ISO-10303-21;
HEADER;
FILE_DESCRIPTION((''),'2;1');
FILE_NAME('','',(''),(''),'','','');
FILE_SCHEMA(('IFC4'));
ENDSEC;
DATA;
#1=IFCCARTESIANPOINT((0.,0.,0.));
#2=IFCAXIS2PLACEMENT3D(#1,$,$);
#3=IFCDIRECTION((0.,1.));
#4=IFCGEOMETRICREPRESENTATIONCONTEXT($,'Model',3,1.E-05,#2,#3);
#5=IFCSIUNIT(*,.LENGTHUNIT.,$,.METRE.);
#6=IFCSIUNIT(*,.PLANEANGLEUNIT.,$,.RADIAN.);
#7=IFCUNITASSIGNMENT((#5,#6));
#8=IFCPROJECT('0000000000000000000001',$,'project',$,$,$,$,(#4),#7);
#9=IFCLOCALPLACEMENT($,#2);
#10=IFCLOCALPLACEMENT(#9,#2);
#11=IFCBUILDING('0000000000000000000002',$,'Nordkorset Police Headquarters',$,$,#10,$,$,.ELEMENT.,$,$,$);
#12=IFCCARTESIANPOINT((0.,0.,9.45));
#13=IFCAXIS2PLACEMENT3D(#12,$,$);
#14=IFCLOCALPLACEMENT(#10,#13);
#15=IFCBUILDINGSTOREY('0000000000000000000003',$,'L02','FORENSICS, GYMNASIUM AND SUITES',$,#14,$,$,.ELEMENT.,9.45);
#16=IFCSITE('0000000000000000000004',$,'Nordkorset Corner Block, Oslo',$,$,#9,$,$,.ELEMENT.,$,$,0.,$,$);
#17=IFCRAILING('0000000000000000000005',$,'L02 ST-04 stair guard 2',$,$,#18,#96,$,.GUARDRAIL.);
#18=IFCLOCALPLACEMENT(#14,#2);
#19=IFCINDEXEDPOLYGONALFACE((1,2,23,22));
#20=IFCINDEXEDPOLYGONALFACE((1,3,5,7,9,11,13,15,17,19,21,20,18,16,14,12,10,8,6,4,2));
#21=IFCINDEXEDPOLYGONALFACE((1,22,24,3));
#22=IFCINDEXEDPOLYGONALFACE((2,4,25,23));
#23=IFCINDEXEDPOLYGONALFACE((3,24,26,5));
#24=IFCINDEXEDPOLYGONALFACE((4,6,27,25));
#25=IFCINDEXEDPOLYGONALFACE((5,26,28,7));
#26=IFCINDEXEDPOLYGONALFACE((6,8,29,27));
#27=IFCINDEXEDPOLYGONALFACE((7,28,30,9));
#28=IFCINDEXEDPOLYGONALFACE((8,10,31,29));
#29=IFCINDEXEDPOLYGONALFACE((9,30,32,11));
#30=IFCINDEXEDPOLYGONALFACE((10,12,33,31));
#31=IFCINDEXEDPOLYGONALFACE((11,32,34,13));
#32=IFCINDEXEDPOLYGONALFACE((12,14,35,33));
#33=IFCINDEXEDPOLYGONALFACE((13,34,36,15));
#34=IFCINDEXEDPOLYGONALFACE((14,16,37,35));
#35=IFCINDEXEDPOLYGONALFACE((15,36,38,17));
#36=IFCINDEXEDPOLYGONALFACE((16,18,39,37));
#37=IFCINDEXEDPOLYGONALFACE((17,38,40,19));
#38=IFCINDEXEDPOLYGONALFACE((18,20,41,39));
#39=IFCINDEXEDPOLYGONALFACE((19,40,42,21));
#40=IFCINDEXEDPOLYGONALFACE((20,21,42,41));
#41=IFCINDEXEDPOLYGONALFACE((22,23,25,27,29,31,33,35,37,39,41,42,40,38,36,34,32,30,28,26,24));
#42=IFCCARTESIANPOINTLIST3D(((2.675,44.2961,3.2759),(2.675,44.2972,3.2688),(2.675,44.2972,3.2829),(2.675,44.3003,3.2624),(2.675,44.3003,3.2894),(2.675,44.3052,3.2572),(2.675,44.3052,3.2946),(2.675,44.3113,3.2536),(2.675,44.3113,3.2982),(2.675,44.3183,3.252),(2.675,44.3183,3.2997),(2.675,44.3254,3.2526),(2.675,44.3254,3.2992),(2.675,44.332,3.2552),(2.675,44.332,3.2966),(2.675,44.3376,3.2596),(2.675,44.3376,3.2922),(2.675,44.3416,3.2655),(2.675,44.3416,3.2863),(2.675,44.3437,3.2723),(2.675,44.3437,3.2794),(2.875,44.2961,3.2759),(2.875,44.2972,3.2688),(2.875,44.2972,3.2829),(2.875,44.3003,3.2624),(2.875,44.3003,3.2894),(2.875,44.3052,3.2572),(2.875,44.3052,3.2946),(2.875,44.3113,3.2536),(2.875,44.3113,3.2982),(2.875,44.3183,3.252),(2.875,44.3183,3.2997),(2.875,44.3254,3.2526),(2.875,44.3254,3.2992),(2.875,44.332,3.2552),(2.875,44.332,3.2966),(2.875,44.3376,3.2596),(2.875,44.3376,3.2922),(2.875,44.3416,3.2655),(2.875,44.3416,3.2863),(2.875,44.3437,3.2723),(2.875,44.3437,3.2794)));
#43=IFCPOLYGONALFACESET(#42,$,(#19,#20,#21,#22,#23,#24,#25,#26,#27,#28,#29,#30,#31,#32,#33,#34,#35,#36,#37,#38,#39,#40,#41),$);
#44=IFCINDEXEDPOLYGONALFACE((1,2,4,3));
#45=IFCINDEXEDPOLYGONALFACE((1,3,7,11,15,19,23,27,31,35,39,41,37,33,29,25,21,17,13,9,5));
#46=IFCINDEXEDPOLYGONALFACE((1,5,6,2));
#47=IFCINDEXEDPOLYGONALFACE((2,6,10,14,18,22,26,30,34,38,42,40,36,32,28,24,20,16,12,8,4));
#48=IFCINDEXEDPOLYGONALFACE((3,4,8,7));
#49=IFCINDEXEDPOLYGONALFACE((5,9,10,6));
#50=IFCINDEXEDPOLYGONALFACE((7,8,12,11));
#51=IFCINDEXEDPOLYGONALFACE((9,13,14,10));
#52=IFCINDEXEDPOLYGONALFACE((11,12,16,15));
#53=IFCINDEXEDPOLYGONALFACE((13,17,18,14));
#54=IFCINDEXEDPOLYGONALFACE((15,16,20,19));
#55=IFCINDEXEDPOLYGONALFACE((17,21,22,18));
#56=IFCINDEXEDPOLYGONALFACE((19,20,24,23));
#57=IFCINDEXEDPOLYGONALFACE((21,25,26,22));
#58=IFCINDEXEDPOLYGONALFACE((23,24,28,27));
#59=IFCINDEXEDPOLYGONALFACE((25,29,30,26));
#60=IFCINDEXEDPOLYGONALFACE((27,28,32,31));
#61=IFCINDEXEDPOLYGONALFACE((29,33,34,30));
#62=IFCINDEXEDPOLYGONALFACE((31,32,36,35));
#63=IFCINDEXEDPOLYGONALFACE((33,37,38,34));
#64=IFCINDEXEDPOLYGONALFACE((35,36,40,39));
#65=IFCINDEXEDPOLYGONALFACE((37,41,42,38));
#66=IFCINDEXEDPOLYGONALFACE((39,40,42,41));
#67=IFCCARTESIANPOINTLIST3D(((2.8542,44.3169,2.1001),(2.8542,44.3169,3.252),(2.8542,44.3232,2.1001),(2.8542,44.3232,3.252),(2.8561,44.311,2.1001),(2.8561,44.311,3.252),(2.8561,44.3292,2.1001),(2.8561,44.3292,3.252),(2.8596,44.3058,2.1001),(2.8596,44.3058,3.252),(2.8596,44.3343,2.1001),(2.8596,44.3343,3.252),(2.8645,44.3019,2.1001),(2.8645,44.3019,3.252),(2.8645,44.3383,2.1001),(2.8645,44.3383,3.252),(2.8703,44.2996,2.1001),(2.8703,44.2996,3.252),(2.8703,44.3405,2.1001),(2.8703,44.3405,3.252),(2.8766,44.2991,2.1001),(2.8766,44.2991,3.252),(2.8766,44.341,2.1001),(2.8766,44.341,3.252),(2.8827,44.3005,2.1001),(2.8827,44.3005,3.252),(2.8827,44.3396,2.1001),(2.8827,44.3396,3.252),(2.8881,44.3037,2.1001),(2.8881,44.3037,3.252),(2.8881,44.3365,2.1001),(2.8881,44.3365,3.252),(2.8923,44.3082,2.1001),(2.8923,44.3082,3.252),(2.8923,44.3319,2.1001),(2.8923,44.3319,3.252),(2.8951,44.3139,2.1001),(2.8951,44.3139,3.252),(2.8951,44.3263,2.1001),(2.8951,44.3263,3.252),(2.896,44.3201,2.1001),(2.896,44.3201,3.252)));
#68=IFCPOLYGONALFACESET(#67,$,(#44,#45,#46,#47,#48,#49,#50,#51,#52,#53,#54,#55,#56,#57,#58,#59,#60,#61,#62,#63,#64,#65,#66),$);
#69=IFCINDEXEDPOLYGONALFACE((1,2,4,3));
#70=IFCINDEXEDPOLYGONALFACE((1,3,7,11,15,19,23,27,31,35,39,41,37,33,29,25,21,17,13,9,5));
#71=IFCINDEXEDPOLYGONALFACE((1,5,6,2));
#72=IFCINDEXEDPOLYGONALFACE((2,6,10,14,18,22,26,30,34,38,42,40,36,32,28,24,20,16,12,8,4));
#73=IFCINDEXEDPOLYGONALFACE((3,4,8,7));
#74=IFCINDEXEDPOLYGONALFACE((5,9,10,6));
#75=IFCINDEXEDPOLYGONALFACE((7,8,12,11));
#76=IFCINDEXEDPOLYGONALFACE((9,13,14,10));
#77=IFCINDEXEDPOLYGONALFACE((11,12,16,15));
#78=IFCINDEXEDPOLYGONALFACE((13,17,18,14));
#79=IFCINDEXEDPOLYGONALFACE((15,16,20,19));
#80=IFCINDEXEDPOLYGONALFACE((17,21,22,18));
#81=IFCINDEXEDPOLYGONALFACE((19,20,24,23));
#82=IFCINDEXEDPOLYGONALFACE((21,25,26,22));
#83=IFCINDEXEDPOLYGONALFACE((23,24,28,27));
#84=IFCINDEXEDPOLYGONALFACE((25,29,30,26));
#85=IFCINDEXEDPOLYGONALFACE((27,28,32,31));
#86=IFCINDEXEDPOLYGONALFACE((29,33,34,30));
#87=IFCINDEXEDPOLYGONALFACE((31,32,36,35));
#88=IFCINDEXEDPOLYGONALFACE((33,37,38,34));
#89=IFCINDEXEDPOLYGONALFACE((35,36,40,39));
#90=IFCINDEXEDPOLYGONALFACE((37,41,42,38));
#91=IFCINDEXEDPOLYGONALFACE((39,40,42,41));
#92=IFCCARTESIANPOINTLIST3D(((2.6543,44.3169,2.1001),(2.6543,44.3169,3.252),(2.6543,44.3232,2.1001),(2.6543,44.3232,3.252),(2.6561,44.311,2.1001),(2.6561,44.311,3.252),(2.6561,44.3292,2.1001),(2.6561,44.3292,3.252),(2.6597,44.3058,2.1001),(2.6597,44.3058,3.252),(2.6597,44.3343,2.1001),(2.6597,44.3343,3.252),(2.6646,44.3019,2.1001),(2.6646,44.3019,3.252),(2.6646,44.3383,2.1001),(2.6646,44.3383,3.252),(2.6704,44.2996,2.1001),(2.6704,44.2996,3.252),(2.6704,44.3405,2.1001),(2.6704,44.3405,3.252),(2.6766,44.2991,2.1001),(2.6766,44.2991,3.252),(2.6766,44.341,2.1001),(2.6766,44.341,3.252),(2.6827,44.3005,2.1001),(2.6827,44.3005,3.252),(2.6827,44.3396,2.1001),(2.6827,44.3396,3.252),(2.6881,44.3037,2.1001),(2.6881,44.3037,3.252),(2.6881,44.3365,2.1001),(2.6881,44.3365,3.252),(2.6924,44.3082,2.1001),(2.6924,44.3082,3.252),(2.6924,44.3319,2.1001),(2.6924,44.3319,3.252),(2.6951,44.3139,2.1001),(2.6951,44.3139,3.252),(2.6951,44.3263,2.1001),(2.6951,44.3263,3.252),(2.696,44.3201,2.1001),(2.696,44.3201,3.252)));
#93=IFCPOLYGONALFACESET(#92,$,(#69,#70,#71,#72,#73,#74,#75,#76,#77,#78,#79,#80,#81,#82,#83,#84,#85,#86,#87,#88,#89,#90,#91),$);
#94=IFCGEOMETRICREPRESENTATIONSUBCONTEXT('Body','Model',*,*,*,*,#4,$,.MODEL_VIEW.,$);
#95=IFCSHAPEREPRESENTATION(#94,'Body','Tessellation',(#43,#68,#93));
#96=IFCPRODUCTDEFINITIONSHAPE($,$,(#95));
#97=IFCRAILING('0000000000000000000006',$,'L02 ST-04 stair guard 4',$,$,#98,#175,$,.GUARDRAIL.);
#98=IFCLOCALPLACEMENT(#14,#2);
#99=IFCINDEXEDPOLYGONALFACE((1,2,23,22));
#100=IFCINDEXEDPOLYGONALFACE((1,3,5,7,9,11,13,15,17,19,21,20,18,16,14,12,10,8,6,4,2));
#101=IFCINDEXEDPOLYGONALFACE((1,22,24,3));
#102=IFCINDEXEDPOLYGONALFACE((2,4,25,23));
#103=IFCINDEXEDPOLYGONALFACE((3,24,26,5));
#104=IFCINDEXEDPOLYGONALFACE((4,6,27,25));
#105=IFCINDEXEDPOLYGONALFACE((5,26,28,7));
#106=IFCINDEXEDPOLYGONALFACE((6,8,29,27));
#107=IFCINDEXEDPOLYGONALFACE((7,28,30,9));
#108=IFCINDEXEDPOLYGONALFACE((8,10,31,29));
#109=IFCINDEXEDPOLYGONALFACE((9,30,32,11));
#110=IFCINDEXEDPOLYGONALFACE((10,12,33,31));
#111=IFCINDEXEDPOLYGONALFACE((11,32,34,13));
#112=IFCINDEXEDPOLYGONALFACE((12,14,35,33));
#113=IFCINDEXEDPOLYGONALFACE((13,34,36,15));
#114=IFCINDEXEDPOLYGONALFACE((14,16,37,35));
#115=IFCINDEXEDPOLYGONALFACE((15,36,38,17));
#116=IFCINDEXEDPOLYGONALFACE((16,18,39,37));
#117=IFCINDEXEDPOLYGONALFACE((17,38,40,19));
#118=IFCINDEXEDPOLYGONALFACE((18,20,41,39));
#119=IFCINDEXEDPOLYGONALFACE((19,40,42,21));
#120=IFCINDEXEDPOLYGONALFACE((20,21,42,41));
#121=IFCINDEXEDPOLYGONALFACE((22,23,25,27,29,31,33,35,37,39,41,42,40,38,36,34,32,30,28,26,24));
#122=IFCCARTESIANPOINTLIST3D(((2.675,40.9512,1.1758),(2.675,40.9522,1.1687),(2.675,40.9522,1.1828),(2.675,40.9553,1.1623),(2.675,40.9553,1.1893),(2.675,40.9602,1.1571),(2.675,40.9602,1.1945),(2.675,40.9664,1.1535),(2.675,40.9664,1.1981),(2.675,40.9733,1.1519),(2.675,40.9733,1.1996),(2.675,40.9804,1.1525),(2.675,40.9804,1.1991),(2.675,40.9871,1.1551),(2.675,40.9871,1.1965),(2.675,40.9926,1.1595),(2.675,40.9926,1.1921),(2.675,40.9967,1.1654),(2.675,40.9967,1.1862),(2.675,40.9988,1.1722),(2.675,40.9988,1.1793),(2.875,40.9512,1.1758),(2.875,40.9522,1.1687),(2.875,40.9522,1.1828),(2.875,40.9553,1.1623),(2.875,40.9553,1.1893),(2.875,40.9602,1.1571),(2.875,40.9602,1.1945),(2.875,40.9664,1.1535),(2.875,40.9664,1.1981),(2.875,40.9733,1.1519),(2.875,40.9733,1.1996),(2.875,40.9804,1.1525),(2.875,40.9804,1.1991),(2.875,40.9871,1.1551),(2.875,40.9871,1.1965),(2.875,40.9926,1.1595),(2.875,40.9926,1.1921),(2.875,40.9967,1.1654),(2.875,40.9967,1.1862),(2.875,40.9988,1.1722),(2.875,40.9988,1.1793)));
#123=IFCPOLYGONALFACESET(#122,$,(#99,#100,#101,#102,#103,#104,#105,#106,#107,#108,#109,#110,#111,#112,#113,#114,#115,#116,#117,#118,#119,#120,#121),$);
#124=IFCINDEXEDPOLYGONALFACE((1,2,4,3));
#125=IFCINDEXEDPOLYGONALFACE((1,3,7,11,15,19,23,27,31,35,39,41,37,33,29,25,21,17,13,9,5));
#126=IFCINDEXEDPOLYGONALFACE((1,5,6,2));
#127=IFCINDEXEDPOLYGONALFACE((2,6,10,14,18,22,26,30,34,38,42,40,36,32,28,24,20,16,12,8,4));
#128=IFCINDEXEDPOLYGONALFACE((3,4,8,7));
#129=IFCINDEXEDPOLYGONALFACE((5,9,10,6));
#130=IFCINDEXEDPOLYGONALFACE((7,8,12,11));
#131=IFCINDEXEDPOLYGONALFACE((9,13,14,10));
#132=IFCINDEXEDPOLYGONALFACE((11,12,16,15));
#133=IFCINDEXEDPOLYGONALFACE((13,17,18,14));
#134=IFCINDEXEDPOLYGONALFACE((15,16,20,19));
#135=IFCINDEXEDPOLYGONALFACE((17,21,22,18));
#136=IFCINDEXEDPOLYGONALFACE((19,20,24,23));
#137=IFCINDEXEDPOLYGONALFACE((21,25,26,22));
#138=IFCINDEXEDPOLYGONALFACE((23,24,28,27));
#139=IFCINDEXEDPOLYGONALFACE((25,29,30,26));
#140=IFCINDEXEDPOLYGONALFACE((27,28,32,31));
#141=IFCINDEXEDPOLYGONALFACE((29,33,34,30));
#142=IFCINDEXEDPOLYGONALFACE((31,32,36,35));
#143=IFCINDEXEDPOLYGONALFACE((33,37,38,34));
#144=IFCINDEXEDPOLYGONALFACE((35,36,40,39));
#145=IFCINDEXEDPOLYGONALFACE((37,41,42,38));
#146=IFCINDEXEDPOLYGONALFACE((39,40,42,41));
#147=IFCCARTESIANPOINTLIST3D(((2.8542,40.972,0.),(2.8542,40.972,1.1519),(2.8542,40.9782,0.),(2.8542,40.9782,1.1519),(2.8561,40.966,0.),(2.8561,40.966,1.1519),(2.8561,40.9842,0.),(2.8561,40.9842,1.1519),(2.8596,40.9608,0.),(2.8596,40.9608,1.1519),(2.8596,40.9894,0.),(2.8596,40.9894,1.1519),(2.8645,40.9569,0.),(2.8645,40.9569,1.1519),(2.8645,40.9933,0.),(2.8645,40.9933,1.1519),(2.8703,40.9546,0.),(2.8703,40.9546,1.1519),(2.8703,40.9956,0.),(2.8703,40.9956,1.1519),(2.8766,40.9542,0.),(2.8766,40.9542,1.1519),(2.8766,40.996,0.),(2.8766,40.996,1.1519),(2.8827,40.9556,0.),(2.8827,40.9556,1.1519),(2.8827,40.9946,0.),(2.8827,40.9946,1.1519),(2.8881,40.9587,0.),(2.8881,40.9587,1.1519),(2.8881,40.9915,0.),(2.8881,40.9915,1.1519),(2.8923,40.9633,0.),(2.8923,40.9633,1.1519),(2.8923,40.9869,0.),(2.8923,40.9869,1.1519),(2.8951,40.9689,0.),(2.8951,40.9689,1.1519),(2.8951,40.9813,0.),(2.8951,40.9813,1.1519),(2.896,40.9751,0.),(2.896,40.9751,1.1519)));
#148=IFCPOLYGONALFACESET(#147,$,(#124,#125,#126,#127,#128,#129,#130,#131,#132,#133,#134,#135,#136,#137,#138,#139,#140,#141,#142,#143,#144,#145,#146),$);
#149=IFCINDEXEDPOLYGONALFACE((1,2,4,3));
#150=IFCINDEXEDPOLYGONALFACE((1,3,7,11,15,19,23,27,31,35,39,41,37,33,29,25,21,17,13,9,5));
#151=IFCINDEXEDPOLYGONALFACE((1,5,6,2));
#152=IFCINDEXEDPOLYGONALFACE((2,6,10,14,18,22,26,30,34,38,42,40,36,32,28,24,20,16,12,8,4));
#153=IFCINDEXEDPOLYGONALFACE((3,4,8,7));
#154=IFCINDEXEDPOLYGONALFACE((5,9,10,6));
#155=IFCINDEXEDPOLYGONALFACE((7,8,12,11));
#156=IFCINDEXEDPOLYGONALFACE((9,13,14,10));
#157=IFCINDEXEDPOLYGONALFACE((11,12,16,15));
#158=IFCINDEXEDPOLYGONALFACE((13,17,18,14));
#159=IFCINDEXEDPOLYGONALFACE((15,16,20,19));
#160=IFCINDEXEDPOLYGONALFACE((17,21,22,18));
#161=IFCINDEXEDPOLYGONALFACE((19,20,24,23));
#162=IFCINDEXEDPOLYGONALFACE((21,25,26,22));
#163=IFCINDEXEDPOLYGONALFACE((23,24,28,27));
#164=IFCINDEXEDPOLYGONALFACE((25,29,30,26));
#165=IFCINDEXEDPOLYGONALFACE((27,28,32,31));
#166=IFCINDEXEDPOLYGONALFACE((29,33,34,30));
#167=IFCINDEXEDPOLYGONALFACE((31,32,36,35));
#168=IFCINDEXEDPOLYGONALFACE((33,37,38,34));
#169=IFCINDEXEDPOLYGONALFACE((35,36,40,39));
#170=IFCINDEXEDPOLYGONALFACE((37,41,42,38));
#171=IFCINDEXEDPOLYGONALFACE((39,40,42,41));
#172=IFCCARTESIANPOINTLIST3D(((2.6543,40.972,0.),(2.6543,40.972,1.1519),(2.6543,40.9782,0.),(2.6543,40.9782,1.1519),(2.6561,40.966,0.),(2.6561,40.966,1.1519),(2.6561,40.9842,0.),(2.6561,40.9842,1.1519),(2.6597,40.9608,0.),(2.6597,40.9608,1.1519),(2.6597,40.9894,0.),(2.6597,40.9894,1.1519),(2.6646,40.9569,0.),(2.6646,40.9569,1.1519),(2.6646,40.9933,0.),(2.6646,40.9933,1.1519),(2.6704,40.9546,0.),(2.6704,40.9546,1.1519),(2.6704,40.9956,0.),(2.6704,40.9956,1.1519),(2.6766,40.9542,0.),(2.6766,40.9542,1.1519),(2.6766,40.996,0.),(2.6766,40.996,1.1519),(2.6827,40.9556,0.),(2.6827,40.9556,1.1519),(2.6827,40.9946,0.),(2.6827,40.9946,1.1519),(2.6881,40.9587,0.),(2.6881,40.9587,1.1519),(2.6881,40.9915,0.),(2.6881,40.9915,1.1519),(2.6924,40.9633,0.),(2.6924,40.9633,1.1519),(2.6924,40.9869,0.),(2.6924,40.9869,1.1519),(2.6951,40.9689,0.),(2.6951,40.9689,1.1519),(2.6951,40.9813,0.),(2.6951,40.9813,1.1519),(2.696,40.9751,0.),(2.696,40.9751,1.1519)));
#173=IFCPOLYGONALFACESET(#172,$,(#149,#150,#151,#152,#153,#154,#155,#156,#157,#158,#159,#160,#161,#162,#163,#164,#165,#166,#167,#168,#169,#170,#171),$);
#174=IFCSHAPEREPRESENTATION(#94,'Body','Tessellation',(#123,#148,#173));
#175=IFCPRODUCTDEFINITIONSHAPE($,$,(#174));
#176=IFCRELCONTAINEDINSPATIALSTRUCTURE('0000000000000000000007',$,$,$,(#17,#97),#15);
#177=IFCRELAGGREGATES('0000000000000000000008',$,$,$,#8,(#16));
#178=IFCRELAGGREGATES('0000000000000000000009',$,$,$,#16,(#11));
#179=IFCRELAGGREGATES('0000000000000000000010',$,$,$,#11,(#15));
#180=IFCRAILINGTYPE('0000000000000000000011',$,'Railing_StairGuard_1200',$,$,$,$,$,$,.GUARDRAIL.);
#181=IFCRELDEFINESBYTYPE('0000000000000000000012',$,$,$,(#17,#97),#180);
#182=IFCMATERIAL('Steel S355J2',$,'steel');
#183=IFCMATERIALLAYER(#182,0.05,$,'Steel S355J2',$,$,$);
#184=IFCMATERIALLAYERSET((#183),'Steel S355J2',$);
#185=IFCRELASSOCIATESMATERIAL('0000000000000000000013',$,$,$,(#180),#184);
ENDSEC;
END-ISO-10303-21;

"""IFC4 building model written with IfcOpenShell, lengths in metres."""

from ifc_helpers import new_model, si_unit, direction, frame, origin, origin_2d, place, context, subcontext, project, spatial, circle, extrude, material, layer, layer_set, type_object, element, save


model = new_model("IFC4")

# Units and contexts
model_context = context("Model", 3, precision=1e-05, world=origin(), true_north=direction((0.0, 1.0)))
body_context = subcontext(model_context, "Body", "Model", "MODEL_VIEW")
ifc_project = project(units=[si_unit("LENGTHUNIT", "METRE"), si_unit("PLANEANGLEUNIT", "RADIAN")], contexts=[model_context])

# Site, building, storey
site_placement = place(None, origin())
site = spatial("IfcSite", under=ifc_project, at=site_placement, Name="Nordkorset Corner Block, Oslo", CompositionType="ELEMENT", RefElevation=0.0)
building_placement = place(site_placement, origin())
building = spatial("IfcBuilding", under=site, at=building_placement, Name="Nordkorset Police Headquarters", CompositionType="ELEMENT")
storey_placement = place(building_placement, frame((0.0, 0.0, 9.45)))
storey = spatial("IfcBuildingStorey", under=building, at=storey_placement, Name="L02", Description="FORENSICS, GYMNASIUM AND SUITES", CompositionType="ELEMENT", Elevation=9.45)

# Railings
ifc_material_1 = material(Name="Steel S355J2", Category="steel")
ifc_layer_1 = layer(ifc_material_1, 0.05, Name="Steel S355J2")
ifc_layer_set_1 = layer_set([ifc_layer_1], Name="Steel S355J2")
railing_type_1 = type_object("IfcRailingType", Name="Railing_StairGuard_1200", PredefinedType="GUARDRAIL", material=ifc_layer_set_1)
for number, where, name in (
    (1, (2.875, 44.3201, 2.1001), "L02 ST-04 stair guard 2"),
    (2, (2.875, 40.9751, 0.0), "L02 ST-04 stair guard 4"),
):
    element("IfcRailing", number, at=place(storey_placement, frame(where)), inside=storey, type_object=railing_type_1, Name=name, PredefinedType="GUARDRAIL", context=body_context, shape_type="SweptSolid", body=[
        extrude(circle(Radius=0.0239, at=origin_2d()), frame((0.0, 0.0, 1.1758), z_axis=(-1.0, 0.0, 0.0), x_axis=(0.0, -1.0, 0.0)), (0.0, 0.0, 1.0), 0.2),
        extrude(circle(Radius=0.021, at=origin_2d()), origin(), (0.0, 0.0, 1.0), 1.1519),
        extrude(circle(Radius=0.021, at=origin_2d()), frame((-0.2, 0.0, 0.0)), (0.0, 0.0, 1.0), 1.1519),
    ])

save(model, "model.ifc")
